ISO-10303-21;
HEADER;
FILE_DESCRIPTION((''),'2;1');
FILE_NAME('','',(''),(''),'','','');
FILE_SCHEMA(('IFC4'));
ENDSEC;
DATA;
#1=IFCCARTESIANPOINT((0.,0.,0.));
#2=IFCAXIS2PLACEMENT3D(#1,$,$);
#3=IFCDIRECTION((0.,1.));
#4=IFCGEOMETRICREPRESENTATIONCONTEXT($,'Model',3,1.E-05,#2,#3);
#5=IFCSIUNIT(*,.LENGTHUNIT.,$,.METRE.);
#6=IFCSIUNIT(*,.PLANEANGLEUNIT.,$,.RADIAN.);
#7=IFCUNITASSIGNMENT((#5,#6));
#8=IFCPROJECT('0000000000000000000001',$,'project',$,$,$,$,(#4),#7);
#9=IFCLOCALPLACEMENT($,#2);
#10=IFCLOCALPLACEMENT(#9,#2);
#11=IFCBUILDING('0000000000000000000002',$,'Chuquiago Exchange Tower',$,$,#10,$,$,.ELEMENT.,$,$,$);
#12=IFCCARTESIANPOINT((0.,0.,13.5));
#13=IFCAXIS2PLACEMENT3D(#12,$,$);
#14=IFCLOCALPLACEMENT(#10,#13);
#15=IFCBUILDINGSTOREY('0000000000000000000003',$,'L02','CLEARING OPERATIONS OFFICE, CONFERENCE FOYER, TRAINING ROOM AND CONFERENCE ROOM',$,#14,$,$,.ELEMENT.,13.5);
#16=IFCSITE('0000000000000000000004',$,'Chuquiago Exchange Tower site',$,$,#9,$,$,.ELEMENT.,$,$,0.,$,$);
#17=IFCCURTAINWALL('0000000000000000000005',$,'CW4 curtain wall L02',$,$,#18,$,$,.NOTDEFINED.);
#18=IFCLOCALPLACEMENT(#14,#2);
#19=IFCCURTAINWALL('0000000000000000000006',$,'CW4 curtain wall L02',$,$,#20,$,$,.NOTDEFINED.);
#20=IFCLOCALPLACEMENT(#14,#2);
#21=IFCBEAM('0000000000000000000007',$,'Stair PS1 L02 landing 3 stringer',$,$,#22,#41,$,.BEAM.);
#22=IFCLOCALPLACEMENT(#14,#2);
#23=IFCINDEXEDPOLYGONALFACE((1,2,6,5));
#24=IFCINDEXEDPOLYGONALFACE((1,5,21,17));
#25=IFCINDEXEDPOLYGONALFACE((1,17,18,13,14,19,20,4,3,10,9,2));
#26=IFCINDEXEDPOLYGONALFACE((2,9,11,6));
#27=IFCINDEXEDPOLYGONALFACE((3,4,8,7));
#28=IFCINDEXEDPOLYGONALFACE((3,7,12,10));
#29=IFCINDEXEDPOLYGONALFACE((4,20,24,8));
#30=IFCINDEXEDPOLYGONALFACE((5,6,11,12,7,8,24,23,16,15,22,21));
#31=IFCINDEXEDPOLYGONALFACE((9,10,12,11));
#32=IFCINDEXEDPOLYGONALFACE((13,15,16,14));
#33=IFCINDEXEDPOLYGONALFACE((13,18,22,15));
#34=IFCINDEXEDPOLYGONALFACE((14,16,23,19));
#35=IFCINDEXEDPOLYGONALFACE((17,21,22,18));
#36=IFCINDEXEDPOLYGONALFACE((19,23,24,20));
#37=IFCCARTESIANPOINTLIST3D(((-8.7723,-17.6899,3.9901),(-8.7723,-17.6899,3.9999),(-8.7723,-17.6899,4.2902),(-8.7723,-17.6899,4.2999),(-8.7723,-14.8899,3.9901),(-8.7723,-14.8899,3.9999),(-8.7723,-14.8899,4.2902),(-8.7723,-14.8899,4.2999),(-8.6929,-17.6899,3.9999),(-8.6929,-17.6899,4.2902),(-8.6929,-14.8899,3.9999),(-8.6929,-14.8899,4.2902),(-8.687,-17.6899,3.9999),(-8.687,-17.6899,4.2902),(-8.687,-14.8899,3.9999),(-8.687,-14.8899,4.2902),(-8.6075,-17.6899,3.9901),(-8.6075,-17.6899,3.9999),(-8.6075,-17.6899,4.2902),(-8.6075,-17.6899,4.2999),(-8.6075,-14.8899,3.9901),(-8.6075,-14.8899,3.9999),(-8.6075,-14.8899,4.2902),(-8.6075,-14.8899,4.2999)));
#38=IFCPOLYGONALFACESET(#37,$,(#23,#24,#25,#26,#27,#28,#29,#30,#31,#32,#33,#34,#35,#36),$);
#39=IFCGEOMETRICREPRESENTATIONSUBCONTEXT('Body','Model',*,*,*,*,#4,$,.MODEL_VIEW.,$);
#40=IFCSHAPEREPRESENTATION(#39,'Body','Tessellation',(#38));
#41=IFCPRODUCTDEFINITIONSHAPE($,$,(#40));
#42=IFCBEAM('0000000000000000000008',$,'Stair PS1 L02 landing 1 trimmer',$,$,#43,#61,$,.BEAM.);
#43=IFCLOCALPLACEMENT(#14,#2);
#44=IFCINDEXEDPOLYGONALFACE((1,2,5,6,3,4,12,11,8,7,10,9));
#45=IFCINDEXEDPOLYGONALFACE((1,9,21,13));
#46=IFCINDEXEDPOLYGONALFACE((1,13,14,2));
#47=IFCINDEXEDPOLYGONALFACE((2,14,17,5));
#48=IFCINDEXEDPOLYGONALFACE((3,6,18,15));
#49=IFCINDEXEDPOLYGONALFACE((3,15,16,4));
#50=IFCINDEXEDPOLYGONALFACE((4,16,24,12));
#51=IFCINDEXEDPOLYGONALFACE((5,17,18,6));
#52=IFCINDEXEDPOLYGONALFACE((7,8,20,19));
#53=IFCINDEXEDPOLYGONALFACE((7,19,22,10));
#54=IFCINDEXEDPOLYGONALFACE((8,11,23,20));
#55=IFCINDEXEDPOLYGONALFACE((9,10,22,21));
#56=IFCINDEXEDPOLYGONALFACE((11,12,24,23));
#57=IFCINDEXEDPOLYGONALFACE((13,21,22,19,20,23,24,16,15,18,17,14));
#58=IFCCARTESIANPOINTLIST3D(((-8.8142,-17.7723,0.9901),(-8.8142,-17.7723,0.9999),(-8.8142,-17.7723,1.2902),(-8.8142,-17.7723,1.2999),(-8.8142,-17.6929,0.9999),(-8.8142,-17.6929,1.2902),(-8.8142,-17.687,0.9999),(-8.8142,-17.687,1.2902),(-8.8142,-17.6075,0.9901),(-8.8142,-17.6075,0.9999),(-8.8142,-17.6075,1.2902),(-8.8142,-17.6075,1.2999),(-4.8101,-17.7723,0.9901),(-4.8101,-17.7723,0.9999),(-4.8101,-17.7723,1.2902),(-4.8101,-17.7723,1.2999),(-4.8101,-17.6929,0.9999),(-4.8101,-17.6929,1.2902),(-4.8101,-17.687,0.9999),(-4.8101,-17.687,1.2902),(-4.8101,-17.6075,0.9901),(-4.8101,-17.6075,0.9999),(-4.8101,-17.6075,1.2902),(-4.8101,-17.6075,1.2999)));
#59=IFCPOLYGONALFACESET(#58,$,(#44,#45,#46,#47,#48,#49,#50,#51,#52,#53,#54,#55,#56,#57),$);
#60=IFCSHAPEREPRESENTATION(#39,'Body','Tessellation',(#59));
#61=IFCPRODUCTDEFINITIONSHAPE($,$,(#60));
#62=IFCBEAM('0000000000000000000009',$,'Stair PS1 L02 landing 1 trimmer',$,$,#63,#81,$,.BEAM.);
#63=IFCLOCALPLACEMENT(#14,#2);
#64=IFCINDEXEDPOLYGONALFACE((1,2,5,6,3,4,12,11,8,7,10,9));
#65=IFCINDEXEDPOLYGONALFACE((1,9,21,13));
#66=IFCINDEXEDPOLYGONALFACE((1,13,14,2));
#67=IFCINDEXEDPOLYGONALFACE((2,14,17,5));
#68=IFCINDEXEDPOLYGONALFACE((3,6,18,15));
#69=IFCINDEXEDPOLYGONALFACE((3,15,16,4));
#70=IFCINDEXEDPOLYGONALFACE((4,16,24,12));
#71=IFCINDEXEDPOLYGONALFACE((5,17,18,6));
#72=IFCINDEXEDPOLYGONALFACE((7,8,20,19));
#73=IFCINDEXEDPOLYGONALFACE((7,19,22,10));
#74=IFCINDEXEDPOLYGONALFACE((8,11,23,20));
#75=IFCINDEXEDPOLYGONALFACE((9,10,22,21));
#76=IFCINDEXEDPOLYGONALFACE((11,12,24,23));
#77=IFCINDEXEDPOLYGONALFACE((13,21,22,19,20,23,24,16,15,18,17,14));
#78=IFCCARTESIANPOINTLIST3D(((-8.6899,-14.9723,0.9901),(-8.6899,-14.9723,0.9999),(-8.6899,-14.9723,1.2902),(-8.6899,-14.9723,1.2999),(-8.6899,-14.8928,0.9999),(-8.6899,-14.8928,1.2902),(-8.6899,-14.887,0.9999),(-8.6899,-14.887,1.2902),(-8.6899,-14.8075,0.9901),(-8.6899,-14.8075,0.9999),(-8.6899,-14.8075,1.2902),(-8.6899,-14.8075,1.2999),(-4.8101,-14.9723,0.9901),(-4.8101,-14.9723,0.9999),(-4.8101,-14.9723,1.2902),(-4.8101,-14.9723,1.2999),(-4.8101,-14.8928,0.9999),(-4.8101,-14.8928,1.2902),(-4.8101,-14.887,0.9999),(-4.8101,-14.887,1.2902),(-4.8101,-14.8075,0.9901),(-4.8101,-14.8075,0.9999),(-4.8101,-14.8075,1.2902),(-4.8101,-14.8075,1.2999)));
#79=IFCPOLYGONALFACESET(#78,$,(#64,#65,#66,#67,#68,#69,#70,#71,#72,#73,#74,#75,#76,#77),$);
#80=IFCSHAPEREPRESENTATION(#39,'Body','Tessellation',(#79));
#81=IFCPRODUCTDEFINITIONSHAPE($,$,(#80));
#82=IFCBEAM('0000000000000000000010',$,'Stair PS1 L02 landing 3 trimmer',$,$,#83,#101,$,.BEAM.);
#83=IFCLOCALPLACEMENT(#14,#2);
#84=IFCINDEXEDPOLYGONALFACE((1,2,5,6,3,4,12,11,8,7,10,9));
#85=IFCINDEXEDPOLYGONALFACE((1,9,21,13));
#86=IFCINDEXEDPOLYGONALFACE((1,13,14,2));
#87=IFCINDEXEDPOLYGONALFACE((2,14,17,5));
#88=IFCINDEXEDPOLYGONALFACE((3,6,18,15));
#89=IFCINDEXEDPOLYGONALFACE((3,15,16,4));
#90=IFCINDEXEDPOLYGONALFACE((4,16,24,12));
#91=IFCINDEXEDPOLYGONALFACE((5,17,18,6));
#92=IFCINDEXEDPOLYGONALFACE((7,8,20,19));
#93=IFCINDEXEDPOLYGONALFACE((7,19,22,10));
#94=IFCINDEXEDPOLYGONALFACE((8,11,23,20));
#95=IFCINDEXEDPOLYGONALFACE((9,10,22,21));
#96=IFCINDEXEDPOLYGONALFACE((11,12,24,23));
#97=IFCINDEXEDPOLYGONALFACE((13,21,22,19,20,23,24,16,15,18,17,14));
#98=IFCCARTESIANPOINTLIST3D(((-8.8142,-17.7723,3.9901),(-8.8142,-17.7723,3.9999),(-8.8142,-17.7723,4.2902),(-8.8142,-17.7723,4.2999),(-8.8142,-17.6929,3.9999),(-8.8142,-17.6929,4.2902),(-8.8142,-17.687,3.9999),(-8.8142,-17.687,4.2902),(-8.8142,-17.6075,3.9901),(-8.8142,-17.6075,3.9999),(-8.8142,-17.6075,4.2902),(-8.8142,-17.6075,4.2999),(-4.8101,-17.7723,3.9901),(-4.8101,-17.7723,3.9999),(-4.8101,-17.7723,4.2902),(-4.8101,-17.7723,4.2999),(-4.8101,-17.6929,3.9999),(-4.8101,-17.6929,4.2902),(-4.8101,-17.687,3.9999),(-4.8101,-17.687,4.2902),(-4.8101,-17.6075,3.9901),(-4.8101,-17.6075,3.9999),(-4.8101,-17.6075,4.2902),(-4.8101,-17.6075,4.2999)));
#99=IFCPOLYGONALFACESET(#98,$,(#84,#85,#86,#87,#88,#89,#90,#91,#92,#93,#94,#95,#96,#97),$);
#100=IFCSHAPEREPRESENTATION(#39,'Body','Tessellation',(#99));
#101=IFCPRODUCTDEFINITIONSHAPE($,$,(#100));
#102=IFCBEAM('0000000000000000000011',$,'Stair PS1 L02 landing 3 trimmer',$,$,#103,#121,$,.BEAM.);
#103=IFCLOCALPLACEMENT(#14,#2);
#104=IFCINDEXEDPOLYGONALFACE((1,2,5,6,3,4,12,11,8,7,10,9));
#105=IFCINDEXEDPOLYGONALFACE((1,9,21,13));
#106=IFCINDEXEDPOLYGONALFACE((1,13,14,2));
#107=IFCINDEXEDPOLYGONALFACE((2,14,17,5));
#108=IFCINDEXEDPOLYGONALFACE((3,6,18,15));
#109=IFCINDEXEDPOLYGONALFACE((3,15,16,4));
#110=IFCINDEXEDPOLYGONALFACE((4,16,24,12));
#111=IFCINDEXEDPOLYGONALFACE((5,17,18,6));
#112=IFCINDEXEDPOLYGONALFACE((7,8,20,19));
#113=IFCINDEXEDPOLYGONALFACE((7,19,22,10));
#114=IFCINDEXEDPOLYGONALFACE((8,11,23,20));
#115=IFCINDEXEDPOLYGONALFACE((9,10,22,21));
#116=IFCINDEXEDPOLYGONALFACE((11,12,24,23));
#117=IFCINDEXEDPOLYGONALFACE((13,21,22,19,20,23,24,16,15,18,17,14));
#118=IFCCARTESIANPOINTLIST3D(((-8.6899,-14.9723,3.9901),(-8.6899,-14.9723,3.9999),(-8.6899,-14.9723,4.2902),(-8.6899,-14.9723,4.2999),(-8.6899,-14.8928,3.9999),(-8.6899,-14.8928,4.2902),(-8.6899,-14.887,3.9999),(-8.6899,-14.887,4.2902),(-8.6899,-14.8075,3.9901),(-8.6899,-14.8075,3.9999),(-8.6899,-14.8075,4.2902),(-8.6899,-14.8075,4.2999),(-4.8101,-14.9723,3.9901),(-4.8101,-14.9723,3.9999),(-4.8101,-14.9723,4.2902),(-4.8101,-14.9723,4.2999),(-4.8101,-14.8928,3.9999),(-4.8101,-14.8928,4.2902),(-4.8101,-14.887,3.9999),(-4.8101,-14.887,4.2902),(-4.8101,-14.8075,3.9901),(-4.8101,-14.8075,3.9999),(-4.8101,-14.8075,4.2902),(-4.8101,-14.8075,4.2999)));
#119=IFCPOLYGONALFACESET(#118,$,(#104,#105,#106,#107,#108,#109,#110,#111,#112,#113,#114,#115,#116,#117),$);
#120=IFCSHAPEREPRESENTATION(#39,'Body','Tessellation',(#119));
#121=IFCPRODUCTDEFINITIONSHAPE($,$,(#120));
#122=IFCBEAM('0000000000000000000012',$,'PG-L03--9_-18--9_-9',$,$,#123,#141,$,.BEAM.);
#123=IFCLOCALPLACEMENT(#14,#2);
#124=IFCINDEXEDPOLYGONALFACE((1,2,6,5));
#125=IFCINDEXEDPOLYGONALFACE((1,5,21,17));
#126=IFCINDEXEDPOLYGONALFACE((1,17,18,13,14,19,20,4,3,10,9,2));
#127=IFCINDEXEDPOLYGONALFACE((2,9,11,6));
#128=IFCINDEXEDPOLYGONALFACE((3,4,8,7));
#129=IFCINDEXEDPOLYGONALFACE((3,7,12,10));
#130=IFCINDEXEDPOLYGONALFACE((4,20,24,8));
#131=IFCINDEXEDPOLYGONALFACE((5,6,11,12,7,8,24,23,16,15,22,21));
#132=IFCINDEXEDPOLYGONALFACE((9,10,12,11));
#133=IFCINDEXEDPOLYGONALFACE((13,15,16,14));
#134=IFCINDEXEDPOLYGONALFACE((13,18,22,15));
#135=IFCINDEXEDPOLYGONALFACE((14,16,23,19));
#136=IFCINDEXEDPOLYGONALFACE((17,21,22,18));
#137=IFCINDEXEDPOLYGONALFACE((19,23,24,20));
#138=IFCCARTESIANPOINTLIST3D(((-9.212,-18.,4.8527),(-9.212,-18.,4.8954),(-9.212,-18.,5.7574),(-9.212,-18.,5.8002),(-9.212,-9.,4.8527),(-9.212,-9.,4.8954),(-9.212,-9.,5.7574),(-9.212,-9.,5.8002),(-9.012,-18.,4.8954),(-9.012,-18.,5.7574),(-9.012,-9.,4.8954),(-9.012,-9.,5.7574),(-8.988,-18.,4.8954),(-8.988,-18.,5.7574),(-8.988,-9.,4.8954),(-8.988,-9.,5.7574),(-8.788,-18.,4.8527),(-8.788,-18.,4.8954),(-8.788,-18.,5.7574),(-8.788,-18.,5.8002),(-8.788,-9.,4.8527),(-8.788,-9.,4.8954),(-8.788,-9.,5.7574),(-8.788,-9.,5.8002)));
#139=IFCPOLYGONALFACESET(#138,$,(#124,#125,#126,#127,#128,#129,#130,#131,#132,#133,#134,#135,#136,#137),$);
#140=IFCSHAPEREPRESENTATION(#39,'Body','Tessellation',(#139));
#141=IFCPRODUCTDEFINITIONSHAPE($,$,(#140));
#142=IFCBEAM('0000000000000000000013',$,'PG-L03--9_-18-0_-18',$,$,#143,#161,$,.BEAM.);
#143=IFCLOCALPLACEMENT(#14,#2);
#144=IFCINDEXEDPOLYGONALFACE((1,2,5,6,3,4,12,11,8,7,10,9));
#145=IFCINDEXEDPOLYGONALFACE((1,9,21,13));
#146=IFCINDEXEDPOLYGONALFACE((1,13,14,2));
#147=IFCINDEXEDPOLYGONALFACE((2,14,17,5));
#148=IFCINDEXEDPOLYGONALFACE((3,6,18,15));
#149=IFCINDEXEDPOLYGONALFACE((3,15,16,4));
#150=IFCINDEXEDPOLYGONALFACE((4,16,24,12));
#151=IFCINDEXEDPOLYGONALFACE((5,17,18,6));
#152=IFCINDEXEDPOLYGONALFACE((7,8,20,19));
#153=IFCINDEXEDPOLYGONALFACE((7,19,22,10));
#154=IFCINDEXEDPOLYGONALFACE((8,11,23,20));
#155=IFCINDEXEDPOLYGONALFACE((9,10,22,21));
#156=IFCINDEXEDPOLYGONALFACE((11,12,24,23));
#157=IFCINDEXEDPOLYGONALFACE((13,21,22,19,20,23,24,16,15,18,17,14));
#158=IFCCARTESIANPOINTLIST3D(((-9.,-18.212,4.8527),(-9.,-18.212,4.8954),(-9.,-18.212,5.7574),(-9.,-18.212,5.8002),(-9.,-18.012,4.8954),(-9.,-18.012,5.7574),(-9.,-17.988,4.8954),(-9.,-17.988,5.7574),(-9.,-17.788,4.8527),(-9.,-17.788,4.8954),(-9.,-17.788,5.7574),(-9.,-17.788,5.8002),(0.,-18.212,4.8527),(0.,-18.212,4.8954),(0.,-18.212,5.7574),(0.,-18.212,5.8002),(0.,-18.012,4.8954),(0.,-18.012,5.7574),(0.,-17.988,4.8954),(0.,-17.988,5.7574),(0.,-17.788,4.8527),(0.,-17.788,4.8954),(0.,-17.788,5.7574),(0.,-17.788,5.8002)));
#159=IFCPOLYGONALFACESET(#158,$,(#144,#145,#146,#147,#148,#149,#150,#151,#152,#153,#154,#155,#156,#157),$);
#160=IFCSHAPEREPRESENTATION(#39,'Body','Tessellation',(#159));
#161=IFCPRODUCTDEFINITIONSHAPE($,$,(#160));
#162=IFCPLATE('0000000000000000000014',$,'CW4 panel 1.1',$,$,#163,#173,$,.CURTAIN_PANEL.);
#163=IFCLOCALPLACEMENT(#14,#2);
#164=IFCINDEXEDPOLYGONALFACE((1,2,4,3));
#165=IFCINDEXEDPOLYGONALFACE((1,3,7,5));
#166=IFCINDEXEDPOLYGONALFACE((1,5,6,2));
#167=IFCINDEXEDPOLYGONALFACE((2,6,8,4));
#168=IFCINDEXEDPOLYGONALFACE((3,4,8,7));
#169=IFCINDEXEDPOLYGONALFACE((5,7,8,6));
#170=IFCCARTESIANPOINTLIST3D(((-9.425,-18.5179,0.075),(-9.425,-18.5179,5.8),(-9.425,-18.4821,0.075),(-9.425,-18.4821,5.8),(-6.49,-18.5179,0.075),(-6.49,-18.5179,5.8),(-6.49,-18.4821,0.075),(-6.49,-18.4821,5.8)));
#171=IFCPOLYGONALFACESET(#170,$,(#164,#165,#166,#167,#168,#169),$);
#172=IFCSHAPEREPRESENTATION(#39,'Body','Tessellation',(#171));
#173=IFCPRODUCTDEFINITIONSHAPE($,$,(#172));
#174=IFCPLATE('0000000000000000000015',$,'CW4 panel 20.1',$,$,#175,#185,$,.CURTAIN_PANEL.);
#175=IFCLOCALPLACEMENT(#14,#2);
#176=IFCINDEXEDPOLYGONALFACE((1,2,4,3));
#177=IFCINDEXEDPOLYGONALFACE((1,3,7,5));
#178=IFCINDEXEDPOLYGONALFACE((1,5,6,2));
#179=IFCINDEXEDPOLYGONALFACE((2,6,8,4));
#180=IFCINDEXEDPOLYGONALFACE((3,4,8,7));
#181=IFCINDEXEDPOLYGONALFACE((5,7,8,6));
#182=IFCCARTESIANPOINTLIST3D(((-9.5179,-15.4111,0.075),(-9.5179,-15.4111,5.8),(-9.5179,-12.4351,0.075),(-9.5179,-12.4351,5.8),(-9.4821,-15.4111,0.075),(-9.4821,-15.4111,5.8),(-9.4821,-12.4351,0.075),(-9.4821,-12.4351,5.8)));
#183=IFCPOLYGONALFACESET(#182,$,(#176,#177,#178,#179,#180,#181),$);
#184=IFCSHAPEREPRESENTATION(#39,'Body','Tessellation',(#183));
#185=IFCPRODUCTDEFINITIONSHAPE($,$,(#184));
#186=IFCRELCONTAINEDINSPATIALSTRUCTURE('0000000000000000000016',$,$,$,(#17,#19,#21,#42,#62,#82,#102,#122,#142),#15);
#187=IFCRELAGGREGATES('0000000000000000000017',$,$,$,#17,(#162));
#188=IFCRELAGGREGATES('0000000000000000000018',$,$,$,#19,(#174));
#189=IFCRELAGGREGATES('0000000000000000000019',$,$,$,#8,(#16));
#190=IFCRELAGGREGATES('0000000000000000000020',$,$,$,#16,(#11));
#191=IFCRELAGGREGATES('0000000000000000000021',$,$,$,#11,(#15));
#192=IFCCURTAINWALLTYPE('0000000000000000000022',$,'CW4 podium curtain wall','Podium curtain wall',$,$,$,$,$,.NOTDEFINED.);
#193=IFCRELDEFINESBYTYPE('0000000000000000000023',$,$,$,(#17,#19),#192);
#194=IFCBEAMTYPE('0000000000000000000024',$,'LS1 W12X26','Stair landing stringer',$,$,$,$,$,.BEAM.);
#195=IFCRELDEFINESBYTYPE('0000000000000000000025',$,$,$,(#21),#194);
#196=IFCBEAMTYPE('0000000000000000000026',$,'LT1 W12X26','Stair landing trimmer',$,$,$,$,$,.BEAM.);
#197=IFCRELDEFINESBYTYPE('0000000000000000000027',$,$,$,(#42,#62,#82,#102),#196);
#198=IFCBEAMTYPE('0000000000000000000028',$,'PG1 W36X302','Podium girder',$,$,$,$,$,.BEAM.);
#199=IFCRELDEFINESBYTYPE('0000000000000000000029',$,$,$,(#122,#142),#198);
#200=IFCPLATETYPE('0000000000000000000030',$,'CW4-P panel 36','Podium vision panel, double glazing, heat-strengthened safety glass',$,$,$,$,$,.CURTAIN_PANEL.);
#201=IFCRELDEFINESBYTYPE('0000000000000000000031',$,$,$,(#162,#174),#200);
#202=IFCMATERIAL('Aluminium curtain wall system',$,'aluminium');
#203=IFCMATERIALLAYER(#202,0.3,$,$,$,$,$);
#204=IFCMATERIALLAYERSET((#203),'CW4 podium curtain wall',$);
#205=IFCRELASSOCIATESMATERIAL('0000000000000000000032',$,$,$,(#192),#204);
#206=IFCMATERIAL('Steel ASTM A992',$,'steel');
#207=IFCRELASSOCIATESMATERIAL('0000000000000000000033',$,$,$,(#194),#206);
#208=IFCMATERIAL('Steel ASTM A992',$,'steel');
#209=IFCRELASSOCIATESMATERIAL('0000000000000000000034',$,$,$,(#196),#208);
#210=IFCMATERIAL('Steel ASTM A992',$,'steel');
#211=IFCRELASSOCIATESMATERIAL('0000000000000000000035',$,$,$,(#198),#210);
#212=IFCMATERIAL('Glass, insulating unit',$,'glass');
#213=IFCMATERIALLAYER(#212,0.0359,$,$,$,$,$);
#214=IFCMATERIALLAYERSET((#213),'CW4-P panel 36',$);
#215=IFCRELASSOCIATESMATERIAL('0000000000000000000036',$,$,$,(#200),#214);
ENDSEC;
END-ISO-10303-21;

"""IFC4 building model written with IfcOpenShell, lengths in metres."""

from ifc_helpers import new_model, si_unit, direction, frame, origin, origin_2d, place, context, subcontext, project, spatial, rectangle, i_section, extrude, material, layer, layer_set, material_profile, profile_set, type_object, element, aggregate, save


model = new_model("IFC4")

# Units and contexts
model_context = context("Model", 3, precision=1e-05, world=origin(), true_north=direction((0.0, 1.0)))
body_context = subcontext(model_context, "Body", "Model", "MODEL_VIEW")
ifc_project = project(units=[si_unit("LENGTHUNIT", "METRE"), si_unit("PLANEANGLEUNIT", "RADIAN")], contexts=[model_context])

# Site, building, storey
site_placement = place(None, origin())
site = spatial("IfcSite", under=ifc_project, at=site_placement, Name="Chuquiago Exchange Tower site", CompositionType="ELEMENT", RefElevation=0.0)
building_placement = place(site_placement, origin())
building = spatial("IfcBuilding", under=site, at=building_placement, Name="Chuquiago Exchange Tower", CompositionType="ELEMENT")
storey_placement = place(building_placement, frame((0.0, 0.0, 13.5)))
storey = spatial("IfcBuildingStorey", under=building, at=storey_placement, Name="L02", Description="CLEARING OPERATIONS OFFICE, CONFERENCE FOYER, TRAINING ROOM AND CONFERENCE ROOM", CompositionType="ELEMENT", Elevation=13.5)

# Curtain walls
ifc_material_1 = material(Name="Aluminium curtain wall system", Category="aluminium")
ifc_layer_1 = layer(ifc_material_1, 0.3)
ifc_layer_set_1 = layer_set([ifc_layer_1], Name="CW4 podium curtain wall")
curtain_wall_type = type_object("IfcCurtainWallType", Name="CW4 podium curtain wall", Description="Podium curtain wall", PredefinedType="NOTDEFINED", material=ifc_layer_set_1)
curtain_wall_1_placement = place(storey_placement, origin())
curtain_wall_1 = element("IfcCurtainWall", 1, at=curtain_wall_1_placement, inside=storey, type_object=curtain_wall_type, Name="CW4 curtain wall L02", PredefinedType="NOTDEFINED")
curtain_wall_2_placement = place(storey_placement, origin())
curtain_wall_2 = element("IfcCurtainWall", 2, at=curtain_wall_2_placement, inside=storey, type_object=curtain_wall_type, Name="CW4 curtain wall L02", PredefinedType="NOTDEFINED")

# Beams
ifc_material_2 = material(Name="Steel ASTM A992", Category="steel")
ifc_material_profile_1 = material_profile(ifc_material_2, i_section(OverallWidth=0.1648, OverallDepth=0.3098, WebThickness=0.0059, FlangeThickness=0.0098, at=origin_2d()), Name="W12X26")
ifc_profile_set_1 = profile_set([ifc_material_profile_1], Name="Steel ASTM A992")
beam_type_1 = type_object("IfcBeamType", Name="LS1 W12X26", Description="Stair landing stringer", PredefinedType="BEAM", material=ifc_profile_set_1)
for number, where, z_axis, x_axis, name in (
    (3, (-8.6899, -17.6899, 4.145), (0.0, 1.0, 0.0), (-1.0, 0.0, 0.0), "Stair PS1 L02 landing 3 stringer"),
):
    element("IfcBeam", number, at=place(storey_placement, frame(where, z_axis=z_axis, x_axis=x_axis)), inside=storey, type_object=beam_type_1, Name=name, PredefinedType="BEAM", context=body_context, shape_type="SweptSolid", body=[
        extrude(i_section(OverallWidth=0.1648, OverallDepth=0.3098, WebThickness=0.0059, FlangeThickness=0.0098, at=origin_2d()), origin(), (0.0, 0.0, 1.0), 2.8),
    ])
ifc_material_3 = material(Name="Steel ASTM A992", Category="steel")
ifc_material_profile_2 = material_profile(ifc_material_3, i_section(OverallWidth=0.1648, OverallDepth=0.3098, WebThickness=0.0059, FlangeThickness=0.0098, at=origin_2d()), Name="W12X26")
ifc_profile_set_2 = profile_set([ifc_material_profile_2], Name="Steel ASTM A992")
beam_type_2 = type_object("IfcBeamType", Name="LT1 W12X26", Description="Stair landing trimmer", PredefinedType="BEAM", material=ifc_profile_set_2)
beam_1_placement = place(storey_placement, frame((-8.8142, -17.6899, 1.145), z_axis=(1.0, 0.0, 0.0), x_axis=(0.0, 1.0, 0.0)))
element("IfcBeam", 4, at=beam_1_placement, inside=storey, type_object=beam_type_2, Name="Stair PS1 L02 landing 1 trimmer", PredefinedType="BEAM", context=body_context, shape_type="SweptSolid", body=[
    extrude(i_section(OverallWidth=0.1648, OverallDepth=0.3098, WebThickness=0.0059, FlangeThickness=0.0098, at=origin_2d()), origin(), (0.0, 0.0, 1.0), 4.0042),
])
beam_2_placement = place(storey_placement, frame((-8.6899, -14.8899, 1.145), z_axis=(1.0, 0.0, 0.0), x_axis=(0.0, 1.0, 0.0)))
element("IfcBeam", 5, at=beam_2_placement, inside=storey, type_object=beam_type_2, Name="Stair PS1 L02 landing 1 trimmer", PredefinedType="BEAM", context=body_context, shape_type="SweptSolid", body=[
    extrude(i_section(OverallWidth=0.1648, OverallDepth=0.3098, WebThickness=0.0059, FlangeThickness=0.0098, at=origin_2d()), origin(), (0.0, 0.0, 1.0), 3.8799),
])
beam_3_placement = place(storey_placement, frame((-8.8142, -17.6899, 4.145), z_axis=(1.0, 0.0, 0.0), x_axis=(0.0, 1.0, 0.0)))
element("IfcBeam", 6, at=beam_3_placement, inside=storey, type_object=beam_type_2, Name="Stair PS1 L02 landing 3 trimmer", PredefinedType="BEAM", context=body_context, shape_type="SweptSolid", body=[
    extrude(i_section(OverallWidth=0.1648, OverallDepth=0.3098, WebThickness=0.0059, FlangeThickness=0.0098, at=origin_2d()), origin(), (0.0, 0.0, 1.0), 4.0042),
])
beam_4_placement = place(storey_placement, frame((-8.6899, -14.8899, 4.145), z_axis=(1.0, 0.0, 0.0), x_axis=(0.0, 1.0, 0.0)))
element("IfcBeam", 7, at=beam_4_placement, inside=storey, type_object=beam_type_2, Name="Stair PS1 L02 landing 3 trimmer", PredefinedType="BEAM", context=body_context, shape_type="SweptSolid", body=[
    extrude(i_section(OverallWidth=0.1648, OverallDepth=0.3098, WebThickness=0.0059, FlangeThickness=0.0098, at=origin_2d()), origin(), (0.0, 0.0, 1.0), 3.8799),
])
ifc_material_4 = material(Name="Steel ASTM A992", Category="steel")
ifc_material_profile_3 = material_profile(ifc_material_4, i_section(OverallWidth=0.4241, OverallDepth=0.9475, WebThickness=0.0239, FlangeThickness=0.0427, at=origin_2d()), Name="W36X302")
ifc_profile_set_3 = profile_set([ifc_material_profile_3], Name="Steel ASTM A992")
beam_type_3 = type_object("IfcBeamType", Name="PG1 W36X302", Description="Podium girder", PredefinedType="BEAM", material=ifc_profile_set_3)
for number, where, z_axis, x_axis, name in (
    (8, (-9.0, -18.0, 5.3264), (0.0, 1.0, 0.0), (-1.0, 0.0, 0.0), "PG-L03--9_-18--9_-9"),
    (9, (-9.0, -18.0, 5.3264), (1.0, 0.0, 0.0), (0.0, 1.0, 0.0), "PG-L03--9_-18-0_-18"),
):
    element("IfcBeam", number, at=place(storey_placement, frame(where, z_axis=z_axis, x_axis=x_axis)), inside=storey, type_object=beam_type_3, Name=name, PredefinedType="BEAM", context=body_context, shape_type="SweptSolid", body=[
        extrude(i_section(OverallWidth=0.4241, OverallDepth=0.9475, WebThickness=0.0239, FlangeThickness=0.0427, at=origin_2d()), origin(), (0.0, 0.0, 1.0), 9.0),
    ])

# Plates
ifc_material_5 = material(Name="Glass, insulating unit", Category="glass")
ifc_layer_2 = layer(ifc_material_5, 0.0359)
ifc_layer_set_2 = layer_set([ifc_layer_2], Name="CW4-P panel 36")
plate_type = type_object("IfcPlateType", Name="CW4-P panel 36", Description="Podium vision panel, double glazing, heat-strengthened safety glass", PredefinedType="CURTAIN_PANEL", material=ifc_layer_set_2)
plate_1_placement = place(storey_placement, frame((-7.9575, -18.5, 0.075), z_axis=(0.0, 0.0, 1.0), x_axis=(1.0, 0.0, 0.0)))
plate_1 = element("IfcPlate", 10, at=plate_1_placement, type_object=plate_type, Name="CW4 panel 1.1", PredefinedType="CURTAIN_PANEL", context=body_context, shape_type="SweptSolid", body=[
    extrude(rectangle(XDim=2.9351, YDim=0.0359, at=origin_2d()), origin(), (0.0, 0.0, 1.0), 5.7251),
])
aggregate(curtain_wall_1, [plate_1])
plate_2_placement = place(storey_placement, frame((-9.5, -13.9231, 0.075), z_axis=(0.0, 0.0, 1.0), x_axis=(0.0, -1.0, 0.0)))
plate_2 = element("IfcPlate", 11, at=plate_2_placement, type_object=plate_type, Name="CW4 panel 20.1", PredefinedType="CURTAIN_PANEL", context=body_context, shape_type="SweptSolid", body=[
    extrude(rectangle(XDim=2.9761, YDim=0.0359, at=origin_2d()), origin(), (0.0, 0.0, 1.0), 5.7251),
])
aggregate(curtain_wall_2, [plate_2])

save(model, "model.ifc")
